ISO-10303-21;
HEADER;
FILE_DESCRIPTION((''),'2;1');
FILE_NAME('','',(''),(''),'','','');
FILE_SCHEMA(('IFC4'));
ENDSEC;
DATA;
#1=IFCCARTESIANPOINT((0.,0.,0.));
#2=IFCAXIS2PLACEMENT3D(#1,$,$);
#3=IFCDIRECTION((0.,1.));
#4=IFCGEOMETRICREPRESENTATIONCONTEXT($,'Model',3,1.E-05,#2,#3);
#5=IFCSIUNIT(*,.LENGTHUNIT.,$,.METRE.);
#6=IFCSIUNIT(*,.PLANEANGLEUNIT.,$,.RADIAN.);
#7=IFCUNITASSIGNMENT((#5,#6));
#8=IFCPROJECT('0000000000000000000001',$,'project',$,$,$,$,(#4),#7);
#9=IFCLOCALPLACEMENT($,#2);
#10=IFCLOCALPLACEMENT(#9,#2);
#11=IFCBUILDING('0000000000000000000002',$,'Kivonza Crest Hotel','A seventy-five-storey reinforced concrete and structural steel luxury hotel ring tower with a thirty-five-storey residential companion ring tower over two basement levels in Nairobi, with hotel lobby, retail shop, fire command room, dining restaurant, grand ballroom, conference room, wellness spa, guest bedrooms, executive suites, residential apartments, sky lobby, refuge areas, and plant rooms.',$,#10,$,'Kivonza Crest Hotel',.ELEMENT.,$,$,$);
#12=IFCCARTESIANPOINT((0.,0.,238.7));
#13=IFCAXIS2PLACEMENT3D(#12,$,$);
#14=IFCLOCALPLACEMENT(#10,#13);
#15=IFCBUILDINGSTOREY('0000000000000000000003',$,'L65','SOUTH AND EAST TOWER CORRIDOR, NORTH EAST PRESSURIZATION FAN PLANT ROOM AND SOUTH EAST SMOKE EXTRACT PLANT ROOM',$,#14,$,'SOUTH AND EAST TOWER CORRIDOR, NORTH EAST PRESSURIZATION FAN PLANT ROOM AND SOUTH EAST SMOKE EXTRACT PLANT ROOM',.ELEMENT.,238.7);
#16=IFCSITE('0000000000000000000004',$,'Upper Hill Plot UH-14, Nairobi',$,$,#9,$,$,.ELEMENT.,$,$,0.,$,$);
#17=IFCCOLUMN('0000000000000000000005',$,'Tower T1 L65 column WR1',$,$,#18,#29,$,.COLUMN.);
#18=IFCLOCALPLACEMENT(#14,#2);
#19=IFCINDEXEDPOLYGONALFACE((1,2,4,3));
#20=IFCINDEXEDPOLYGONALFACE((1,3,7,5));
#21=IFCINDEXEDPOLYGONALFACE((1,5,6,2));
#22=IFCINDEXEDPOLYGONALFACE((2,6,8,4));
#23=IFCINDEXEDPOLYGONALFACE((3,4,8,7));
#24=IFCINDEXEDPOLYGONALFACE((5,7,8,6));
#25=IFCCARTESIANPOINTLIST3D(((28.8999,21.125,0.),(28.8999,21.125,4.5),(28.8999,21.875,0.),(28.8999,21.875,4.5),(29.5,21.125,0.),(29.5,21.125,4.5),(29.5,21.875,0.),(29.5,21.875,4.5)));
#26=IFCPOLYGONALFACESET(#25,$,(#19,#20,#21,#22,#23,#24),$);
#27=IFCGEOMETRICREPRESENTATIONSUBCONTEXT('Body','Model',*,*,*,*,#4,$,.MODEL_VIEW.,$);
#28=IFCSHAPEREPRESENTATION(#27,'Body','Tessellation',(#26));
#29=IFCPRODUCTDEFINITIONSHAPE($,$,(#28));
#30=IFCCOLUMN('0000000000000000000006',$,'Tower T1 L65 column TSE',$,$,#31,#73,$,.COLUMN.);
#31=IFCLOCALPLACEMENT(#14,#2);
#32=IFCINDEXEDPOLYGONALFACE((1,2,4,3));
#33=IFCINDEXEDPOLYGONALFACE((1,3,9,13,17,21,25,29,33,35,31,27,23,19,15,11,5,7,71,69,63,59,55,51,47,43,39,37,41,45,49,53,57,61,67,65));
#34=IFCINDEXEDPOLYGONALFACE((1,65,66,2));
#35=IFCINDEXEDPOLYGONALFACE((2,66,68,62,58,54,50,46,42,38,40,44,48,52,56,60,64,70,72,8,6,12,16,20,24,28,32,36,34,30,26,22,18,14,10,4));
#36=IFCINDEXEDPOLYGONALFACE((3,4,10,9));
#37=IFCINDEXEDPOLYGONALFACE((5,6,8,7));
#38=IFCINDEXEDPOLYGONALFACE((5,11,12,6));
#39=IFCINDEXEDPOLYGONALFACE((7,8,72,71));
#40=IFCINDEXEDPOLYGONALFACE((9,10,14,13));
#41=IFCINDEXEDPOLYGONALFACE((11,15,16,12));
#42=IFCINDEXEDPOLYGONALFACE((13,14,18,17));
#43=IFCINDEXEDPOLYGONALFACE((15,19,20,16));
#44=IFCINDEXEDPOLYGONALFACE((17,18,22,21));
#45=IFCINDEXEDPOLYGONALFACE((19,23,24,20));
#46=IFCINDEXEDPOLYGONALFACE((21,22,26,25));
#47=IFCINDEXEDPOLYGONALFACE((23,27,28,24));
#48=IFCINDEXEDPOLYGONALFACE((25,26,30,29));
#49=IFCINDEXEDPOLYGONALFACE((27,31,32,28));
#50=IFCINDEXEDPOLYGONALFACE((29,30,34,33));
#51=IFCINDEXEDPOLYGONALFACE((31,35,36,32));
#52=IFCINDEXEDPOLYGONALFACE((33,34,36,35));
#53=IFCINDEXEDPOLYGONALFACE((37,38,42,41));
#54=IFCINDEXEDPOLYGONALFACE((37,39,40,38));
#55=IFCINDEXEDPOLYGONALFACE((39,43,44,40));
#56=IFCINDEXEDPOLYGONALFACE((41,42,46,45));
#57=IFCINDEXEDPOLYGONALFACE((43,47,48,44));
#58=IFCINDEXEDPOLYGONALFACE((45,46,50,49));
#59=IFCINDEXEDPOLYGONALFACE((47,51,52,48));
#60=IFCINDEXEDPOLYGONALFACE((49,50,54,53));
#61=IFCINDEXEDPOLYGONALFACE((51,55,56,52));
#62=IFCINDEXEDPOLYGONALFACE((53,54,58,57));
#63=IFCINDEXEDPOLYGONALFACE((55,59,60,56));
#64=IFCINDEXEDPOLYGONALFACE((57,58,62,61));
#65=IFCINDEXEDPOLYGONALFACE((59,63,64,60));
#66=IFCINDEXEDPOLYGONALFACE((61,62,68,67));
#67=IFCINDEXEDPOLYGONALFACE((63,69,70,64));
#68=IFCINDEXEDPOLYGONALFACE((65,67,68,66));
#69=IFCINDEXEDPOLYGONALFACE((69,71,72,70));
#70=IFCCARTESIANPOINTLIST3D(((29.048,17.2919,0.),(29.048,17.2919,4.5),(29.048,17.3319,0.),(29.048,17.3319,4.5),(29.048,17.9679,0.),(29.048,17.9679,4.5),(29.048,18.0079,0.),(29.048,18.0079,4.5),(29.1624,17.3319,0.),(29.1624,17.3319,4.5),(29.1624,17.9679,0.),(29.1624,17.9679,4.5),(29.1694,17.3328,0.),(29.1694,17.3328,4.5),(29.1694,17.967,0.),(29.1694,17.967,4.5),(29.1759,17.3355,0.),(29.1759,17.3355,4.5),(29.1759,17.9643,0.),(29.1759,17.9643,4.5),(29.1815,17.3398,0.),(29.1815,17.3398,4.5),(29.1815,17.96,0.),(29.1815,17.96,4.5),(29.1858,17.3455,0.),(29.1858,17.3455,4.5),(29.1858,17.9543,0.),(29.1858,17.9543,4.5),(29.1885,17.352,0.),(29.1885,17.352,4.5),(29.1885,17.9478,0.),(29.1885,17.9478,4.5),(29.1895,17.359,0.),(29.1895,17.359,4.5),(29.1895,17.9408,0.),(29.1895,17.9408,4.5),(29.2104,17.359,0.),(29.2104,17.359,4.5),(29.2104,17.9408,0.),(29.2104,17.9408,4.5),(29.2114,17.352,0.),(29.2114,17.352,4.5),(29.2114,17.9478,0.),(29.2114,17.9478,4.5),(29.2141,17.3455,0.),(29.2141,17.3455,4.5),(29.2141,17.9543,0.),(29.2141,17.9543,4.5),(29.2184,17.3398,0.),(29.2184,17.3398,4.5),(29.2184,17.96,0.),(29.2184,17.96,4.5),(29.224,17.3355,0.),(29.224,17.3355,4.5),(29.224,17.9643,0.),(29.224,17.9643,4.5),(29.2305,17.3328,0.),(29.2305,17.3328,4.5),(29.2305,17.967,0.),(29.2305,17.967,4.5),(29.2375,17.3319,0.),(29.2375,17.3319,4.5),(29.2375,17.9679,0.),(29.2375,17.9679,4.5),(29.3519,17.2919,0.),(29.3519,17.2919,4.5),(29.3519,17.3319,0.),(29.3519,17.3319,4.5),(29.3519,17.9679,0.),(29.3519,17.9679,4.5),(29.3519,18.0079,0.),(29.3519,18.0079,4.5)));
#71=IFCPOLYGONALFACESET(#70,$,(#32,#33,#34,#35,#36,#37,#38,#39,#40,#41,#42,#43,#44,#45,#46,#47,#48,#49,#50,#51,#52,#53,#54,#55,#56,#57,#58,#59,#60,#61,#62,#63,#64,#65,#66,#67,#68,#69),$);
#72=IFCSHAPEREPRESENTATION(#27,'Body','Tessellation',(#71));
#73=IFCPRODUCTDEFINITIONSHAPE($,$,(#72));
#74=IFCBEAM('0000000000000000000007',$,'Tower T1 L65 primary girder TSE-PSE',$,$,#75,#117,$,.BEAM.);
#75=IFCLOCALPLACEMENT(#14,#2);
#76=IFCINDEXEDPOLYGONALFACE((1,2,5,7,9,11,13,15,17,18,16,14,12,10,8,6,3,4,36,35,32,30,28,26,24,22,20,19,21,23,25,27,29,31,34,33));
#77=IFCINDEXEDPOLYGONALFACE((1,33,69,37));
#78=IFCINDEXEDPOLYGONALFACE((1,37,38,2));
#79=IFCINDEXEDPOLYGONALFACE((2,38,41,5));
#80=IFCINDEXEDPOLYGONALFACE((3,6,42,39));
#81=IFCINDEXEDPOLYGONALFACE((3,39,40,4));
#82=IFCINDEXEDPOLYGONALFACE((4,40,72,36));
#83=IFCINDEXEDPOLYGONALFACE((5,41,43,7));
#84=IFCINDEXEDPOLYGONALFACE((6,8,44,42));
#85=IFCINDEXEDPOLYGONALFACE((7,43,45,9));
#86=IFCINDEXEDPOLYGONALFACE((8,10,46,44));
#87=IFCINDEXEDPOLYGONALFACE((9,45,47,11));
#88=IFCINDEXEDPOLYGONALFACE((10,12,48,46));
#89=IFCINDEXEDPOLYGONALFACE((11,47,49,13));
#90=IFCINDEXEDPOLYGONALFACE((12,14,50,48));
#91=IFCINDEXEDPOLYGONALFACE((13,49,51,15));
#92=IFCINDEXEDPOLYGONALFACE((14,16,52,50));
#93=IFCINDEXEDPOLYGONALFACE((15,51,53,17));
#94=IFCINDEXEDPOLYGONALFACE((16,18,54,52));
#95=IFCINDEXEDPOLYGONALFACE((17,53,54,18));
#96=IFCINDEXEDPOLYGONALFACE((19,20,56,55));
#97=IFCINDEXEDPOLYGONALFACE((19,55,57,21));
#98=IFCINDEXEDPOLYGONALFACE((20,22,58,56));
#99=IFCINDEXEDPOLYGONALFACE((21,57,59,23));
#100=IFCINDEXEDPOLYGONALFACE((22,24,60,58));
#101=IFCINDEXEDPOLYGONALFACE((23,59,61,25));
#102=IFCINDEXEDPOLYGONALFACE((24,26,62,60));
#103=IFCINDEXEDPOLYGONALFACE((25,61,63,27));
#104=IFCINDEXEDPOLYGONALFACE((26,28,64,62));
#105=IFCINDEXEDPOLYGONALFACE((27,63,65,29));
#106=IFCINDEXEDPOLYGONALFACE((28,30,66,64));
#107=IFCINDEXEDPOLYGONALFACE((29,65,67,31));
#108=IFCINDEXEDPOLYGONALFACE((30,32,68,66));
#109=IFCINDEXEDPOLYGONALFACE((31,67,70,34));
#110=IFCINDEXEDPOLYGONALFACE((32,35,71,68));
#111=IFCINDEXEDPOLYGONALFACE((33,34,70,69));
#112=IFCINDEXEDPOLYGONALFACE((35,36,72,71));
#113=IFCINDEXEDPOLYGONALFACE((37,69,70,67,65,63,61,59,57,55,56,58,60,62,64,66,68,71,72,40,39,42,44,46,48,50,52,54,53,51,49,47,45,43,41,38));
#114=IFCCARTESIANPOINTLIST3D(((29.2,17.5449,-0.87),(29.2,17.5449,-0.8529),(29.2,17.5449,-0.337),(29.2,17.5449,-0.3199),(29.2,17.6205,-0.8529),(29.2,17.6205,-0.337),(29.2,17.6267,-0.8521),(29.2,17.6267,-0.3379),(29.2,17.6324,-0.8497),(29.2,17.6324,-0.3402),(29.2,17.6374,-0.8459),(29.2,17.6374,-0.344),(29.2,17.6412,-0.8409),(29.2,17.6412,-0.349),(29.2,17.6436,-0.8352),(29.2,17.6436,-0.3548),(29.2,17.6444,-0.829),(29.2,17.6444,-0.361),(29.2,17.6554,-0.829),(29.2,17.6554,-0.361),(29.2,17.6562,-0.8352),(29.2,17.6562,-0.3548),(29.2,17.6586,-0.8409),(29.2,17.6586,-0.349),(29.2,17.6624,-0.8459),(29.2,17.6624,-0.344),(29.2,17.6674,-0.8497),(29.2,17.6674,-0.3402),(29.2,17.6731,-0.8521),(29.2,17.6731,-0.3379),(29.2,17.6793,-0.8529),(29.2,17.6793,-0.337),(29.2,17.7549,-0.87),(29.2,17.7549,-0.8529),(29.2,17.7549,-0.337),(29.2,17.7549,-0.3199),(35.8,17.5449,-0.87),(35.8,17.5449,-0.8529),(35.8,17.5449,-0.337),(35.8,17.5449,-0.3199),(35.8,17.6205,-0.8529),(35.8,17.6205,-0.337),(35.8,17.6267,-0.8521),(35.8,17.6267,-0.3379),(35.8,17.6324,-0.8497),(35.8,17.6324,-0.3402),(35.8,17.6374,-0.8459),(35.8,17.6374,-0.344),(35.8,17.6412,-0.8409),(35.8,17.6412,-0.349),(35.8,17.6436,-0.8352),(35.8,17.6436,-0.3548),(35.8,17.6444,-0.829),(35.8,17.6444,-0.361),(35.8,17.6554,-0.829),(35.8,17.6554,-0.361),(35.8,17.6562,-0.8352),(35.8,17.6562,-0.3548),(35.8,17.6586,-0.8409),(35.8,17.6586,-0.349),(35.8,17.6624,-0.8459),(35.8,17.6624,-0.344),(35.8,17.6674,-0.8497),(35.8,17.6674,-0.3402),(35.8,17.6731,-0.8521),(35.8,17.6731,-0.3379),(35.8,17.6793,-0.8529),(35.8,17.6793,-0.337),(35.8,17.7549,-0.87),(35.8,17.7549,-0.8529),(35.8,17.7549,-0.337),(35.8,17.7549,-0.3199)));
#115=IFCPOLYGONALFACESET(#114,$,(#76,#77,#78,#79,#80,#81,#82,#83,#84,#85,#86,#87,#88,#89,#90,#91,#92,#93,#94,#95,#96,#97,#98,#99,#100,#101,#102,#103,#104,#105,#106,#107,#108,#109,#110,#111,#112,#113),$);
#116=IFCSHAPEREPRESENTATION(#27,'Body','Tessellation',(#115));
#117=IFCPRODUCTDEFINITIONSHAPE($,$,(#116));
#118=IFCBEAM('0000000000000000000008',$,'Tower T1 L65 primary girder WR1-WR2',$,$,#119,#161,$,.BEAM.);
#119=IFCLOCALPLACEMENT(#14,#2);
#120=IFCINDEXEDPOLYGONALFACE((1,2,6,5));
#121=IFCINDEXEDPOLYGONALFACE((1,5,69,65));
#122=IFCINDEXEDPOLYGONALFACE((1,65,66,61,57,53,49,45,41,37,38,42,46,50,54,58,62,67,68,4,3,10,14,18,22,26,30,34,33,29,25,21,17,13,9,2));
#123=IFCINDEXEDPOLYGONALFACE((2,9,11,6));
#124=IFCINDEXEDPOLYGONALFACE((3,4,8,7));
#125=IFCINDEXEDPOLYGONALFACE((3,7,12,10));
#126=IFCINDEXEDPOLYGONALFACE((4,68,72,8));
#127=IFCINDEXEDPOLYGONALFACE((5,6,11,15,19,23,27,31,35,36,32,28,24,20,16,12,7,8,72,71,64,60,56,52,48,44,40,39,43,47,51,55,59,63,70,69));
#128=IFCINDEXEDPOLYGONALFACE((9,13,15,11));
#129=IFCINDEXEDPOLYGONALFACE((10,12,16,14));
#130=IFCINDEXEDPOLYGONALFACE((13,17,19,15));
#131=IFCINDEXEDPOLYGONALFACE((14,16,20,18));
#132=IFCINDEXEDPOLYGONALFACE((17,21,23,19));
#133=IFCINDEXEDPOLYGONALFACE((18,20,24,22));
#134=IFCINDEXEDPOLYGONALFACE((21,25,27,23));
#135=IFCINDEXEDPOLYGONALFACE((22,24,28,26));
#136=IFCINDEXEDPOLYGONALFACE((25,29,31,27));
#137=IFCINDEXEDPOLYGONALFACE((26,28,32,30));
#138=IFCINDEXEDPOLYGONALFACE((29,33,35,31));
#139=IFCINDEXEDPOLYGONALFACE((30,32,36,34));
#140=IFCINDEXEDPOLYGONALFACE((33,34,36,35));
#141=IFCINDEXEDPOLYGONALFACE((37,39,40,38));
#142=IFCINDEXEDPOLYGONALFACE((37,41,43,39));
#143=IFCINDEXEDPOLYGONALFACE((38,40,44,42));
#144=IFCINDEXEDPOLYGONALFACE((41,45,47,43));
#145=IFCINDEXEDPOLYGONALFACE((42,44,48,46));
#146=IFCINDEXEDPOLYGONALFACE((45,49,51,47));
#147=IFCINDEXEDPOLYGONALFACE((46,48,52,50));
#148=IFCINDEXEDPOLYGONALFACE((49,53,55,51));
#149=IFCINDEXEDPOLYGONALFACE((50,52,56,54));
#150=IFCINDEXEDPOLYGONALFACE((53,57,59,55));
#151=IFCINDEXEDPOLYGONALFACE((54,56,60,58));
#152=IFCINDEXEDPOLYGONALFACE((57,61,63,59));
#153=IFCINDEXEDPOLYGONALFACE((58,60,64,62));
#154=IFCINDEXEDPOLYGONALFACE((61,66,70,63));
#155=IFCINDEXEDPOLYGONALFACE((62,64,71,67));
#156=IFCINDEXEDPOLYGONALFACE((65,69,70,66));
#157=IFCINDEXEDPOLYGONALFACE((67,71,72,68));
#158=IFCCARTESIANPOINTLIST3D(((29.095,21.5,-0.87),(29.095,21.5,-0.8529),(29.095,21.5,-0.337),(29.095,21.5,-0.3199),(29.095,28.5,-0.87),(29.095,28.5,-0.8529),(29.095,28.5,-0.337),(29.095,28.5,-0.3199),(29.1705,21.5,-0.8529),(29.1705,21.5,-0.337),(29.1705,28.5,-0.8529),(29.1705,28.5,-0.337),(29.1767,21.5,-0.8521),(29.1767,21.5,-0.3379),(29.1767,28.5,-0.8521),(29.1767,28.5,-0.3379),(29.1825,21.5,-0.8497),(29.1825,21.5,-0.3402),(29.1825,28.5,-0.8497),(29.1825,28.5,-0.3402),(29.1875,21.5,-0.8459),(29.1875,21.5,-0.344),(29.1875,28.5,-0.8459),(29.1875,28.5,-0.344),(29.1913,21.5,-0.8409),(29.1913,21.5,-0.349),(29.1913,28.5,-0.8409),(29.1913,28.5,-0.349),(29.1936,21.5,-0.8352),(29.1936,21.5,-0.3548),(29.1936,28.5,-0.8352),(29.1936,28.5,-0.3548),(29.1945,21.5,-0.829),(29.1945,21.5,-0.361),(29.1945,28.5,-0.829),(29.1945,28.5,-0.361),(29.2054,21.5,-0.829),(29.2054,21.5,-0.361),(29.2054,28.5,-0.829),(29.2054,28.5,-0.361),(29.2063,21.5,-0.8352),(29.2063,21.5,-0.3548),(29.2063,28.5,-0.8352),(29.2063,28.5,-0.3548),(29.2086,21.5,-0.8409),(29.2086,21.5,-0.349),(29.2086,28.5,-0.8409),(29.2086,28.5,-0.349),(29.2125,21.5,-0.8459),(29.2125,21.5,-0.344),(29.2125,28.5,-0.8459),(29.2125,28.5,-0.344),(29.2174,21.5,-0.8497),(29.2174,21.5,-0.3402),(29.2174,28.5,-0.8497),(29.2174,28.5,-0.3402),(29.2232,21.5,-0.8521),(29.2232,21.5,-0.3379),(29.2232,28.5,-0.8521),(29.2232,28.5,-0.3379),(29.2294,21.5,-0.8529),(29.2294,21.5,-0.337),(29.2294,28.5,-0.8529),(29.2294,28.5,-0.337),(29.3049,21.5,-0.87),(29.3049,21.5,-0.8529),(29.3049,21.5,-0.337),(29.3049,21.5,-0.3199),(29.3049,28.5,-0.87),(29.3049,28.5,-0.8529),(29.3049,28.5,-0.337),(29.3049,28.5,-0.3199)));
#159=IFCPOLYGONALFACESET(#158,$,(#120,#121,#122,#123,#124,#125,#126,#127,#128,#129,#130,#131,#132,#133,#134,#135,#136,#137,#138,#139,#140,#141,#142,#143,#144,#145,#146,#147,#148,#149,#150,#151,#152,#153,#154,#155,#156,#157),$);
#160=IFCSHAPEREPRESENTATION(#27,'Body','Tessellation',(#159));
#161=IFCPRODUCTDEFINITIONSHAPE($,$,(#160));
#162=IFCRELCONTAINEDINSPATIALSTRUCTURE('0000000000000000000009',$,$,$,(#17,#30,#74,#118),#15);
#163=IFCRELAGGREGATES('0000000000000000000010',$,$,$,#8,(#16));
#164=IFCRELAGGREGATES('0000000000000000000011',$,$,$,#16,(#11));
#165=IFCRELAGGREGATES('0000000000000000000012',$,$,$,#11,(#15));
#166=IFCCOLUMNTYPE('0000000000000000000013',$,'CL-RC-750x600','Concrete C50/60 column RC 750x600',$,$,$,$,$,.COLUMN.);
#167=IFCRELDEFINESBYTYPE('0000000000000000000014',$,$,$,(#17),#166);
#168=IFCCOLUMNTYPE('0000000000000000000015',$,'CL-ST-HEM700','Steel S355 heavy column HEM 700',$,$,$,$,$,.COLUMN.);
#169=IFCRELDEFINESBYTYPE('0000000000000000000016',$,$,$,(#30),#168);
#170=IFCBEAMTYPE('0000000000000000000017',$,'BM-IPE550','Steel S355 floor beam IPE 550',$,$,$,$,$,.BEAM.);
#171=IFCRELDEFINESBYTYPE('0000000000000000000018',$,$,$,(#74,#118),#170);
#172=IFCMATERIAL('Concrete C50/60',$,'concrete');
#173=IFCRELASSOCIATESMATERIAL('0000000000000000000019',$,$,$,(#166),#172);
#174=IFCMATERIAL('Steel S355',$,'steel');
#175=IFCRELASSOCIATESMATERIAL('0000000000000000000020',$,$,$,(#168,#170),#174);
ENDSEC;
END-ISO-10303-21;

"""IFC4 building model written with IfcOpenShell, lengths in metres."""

from ifc_helpers import new_model, si_unit, direction, frame, origin, origin_2d, place, context, subcontext, project, spatial, rectangle, i_section, extrude, material, material_profile, profile_set, type_object, element, save


model = new_model("IFC4")

# Units and contexts
model_context = context("Model", 3, precision=1e-05, world=origin(), true_north=direction((0.0, 1.0)))
body_context = subcontext(model_context, "Body", "Model", "MODEL_VIEW")
ifc_project = project(units=[si_unit("LENGTHUNIT", "METRE"), si_unit("PLANEANGLEUNIT", "RADIAN")], contexts=[model_context])

# Site, building, storey
site_placement = place(None, origin())
site = spatial("IfcSite", under=ifc_project, at=site_placement, Name="Upper Hill Plot UH-14, Nairobi", CompositionType="ELEMENT", RefElevation=0.0)
building_placement = place(site_placement, origin())
building = spatial("IfcBuilding", under=site, at=building_placement, Name="Kivonza Crest Hotel", Description="A seventy-five-storey reinforced concrete and structural steel luxury hotel ring tower with a thirty-five-storey residential companion ring tower over two basement levels in Nairobi, with hotel lobby, retail shop, fire command room, dining restaurant, grand ballroom, conference room, wellness spa, guest bedrooms, executive suites, residential apartments, sky lobby, refuge areas, and plant rooms.", LongName="Kivonza Crest Hotel", CompositionType="ELEMENT")
storey_placement = place(building_placement, frame((0.0, 0.0, 238.7)))
storey = spatial("IfcBuildingStorey", under=building, at=storey_placement, Name="L65", Description="SOUTH AND EAST TOWER CORRIDOR, NORTH EAST PRESSURIZATION FAN PLANT ROOM AND SOUTH EAST SMOKE EXTRACT PLANT ROOM", LongName="SOUTH AND EAST TOWER CORRIDOR, NORTH EAST PRESSURIZATION FAN PLANT ROOM AND SOUTH EAST SMOKE EXTRACT PLANT ROOM", CompositionType="ELEMENT", Elevation=238.7)

# Columns
ifc_material_1 = material(Name="Concrete C50/60", Category="concrete")
ifc_material_profile_1 = material_profile(ifc_material_1, rectangle(XDim=0.6001, YDim=0.75, at=origin_2d()), Name="RC 750x600")
ifc_profile_set_1 = profile_set([ifc_material_profile_1], Name="Concrete C50/60")
column_type_1 = type_object("IfcColumnType", Name="CL-RC-750x600", Description="Concrete C50/60 column RC 750x600", PredefinedType="COLUMN", material=ifc_profile_set_1)
column_1_placement = place(storey_placement, frame((29.2, 21.5, 0.0), z_axis=(0.0, 0.0, 1.0), x_axis=(1.0, 0.0, 0.0)))
element("IfcColumn", 1, at=column_1_placement, inside=storey, type_object=column_type_1, Name="Tower T1 L65 column WR1", PredefinedType="COLUMN", context=body_context, shape_type="SweptSolid", body=[
    extrude(rectangle(XDim=0.6001, YDim=0.75, at=origin_2d()), origin(), (0.0, 0.0, 1.0), 4.5),
])
ifc_material_2 = material(Name="Steel S355", Category="steel")
ifc_material_profile_2 = material_profile(ifc_material_2, i_section(OverallWidth=0.304, OverallDepth=0.7161, WebThickness=0.021, FlangeThickness=0.04, FilletRadius=0.0271, at=origin_2d()), Name="HEM 700")
ifc_profile_set_2 = profile_set([ifc_material_profile_2], Name="Steel S355")
column_type_2 = type_object("IfcColumnType", Name="CL-ST-HEM700", Description="Steel S355 heavy column HEM 700", PredefinedType="COLUMN", material=ifc_profile_set_2)
column_2_placement = place(storey_placement, frame((29.2, 17.6499, 0.0), z_axis=(0.0, 0.0, 1.0), x_axis=(1.0, 0.0, 0.0)))
element("IfcColumn", 2, at=column_2_placement, inside=storey, type_object=column_type_2, Name="Tower T1 L65 column TSE", PredefinedType="COLUMN", context=body_context, shape_type="SweptSolid", body=[
    extrude(i_section(OverallWidth=0.304, OverallDepth=0.7161, WebThickness=0.021, FlangeThickness=0.04, FilletRadius=0.0271, at=origin_2d()), origin(), (0.0, 0.0, 1.0), 4.5),
])

# Beams
ifc_material_profile_3 = material_profile(ifc_material_2, i_section(OverallWidth=0.21, OverallDepth=0.55, WebThickness=0.011, FlangeThickness=0.0171, FilletRadius=0.0239, at=origin_2d()), Name="IPE 550")
ifc_profile_set_3 = profile_set([ifc_material_profile_3], Name="Steel S355")
beam_type = type_object("IfcBeamType", Name="BM-IPE550", Description="Steel S355 floor beam IPE 550", PredefinedType="BEAM", material=ifc_profile_set_3)
beam_1_placement = place(storey_placement, frame((29.2, 17.6499, -0.595), z_axis=(1.0, 0.0, 0.0), x_axis=(0.0, 1.0, 0.0)))
element("IfcBeam", 3, at=beam_1_placement, inside=storey, type_object=beam_type, Name="Tower T1 L65 primary girder TSE-PSE", PredefinedType="BEAM", context=body_context, shape_type="SweptSolid", body=[
    extrude(i_section(OverallWidth=0.21, OverallDepth=0.55, WebThickness=0.011, FlangeThickness=0.0171, FilletRadius=0.0239, at=origin_2d()), origin(), (0.0, 0.0, 1.0), 6.6001),
])
beam_2_placement = place(storey_placement, frame((29.2, 21.5, -0.595), z_axis=(0.0, 1.0, 0.0), x_axis=(-1.0, 0.0, 0.0)))
element("IfcBeam", 4, at=beam_2_placement, inside=storey, type_object=beam_type, Name="Tower T1 L65 primary girder WR1-WR2", PredefinedType="BEAM", context=body_context, shape_type="SweptSolid", body=[
    extrude(i_section(OverallWidth=0.21, OverallDepth=0.55, WebThickness=0.011, FlangeThickness=0.0171, FilletRadius=0.0239, at=origin_2d()), origin(), (0.0, 0.0, 1.0), 7.0),
])

save(model, "model.ifc")
